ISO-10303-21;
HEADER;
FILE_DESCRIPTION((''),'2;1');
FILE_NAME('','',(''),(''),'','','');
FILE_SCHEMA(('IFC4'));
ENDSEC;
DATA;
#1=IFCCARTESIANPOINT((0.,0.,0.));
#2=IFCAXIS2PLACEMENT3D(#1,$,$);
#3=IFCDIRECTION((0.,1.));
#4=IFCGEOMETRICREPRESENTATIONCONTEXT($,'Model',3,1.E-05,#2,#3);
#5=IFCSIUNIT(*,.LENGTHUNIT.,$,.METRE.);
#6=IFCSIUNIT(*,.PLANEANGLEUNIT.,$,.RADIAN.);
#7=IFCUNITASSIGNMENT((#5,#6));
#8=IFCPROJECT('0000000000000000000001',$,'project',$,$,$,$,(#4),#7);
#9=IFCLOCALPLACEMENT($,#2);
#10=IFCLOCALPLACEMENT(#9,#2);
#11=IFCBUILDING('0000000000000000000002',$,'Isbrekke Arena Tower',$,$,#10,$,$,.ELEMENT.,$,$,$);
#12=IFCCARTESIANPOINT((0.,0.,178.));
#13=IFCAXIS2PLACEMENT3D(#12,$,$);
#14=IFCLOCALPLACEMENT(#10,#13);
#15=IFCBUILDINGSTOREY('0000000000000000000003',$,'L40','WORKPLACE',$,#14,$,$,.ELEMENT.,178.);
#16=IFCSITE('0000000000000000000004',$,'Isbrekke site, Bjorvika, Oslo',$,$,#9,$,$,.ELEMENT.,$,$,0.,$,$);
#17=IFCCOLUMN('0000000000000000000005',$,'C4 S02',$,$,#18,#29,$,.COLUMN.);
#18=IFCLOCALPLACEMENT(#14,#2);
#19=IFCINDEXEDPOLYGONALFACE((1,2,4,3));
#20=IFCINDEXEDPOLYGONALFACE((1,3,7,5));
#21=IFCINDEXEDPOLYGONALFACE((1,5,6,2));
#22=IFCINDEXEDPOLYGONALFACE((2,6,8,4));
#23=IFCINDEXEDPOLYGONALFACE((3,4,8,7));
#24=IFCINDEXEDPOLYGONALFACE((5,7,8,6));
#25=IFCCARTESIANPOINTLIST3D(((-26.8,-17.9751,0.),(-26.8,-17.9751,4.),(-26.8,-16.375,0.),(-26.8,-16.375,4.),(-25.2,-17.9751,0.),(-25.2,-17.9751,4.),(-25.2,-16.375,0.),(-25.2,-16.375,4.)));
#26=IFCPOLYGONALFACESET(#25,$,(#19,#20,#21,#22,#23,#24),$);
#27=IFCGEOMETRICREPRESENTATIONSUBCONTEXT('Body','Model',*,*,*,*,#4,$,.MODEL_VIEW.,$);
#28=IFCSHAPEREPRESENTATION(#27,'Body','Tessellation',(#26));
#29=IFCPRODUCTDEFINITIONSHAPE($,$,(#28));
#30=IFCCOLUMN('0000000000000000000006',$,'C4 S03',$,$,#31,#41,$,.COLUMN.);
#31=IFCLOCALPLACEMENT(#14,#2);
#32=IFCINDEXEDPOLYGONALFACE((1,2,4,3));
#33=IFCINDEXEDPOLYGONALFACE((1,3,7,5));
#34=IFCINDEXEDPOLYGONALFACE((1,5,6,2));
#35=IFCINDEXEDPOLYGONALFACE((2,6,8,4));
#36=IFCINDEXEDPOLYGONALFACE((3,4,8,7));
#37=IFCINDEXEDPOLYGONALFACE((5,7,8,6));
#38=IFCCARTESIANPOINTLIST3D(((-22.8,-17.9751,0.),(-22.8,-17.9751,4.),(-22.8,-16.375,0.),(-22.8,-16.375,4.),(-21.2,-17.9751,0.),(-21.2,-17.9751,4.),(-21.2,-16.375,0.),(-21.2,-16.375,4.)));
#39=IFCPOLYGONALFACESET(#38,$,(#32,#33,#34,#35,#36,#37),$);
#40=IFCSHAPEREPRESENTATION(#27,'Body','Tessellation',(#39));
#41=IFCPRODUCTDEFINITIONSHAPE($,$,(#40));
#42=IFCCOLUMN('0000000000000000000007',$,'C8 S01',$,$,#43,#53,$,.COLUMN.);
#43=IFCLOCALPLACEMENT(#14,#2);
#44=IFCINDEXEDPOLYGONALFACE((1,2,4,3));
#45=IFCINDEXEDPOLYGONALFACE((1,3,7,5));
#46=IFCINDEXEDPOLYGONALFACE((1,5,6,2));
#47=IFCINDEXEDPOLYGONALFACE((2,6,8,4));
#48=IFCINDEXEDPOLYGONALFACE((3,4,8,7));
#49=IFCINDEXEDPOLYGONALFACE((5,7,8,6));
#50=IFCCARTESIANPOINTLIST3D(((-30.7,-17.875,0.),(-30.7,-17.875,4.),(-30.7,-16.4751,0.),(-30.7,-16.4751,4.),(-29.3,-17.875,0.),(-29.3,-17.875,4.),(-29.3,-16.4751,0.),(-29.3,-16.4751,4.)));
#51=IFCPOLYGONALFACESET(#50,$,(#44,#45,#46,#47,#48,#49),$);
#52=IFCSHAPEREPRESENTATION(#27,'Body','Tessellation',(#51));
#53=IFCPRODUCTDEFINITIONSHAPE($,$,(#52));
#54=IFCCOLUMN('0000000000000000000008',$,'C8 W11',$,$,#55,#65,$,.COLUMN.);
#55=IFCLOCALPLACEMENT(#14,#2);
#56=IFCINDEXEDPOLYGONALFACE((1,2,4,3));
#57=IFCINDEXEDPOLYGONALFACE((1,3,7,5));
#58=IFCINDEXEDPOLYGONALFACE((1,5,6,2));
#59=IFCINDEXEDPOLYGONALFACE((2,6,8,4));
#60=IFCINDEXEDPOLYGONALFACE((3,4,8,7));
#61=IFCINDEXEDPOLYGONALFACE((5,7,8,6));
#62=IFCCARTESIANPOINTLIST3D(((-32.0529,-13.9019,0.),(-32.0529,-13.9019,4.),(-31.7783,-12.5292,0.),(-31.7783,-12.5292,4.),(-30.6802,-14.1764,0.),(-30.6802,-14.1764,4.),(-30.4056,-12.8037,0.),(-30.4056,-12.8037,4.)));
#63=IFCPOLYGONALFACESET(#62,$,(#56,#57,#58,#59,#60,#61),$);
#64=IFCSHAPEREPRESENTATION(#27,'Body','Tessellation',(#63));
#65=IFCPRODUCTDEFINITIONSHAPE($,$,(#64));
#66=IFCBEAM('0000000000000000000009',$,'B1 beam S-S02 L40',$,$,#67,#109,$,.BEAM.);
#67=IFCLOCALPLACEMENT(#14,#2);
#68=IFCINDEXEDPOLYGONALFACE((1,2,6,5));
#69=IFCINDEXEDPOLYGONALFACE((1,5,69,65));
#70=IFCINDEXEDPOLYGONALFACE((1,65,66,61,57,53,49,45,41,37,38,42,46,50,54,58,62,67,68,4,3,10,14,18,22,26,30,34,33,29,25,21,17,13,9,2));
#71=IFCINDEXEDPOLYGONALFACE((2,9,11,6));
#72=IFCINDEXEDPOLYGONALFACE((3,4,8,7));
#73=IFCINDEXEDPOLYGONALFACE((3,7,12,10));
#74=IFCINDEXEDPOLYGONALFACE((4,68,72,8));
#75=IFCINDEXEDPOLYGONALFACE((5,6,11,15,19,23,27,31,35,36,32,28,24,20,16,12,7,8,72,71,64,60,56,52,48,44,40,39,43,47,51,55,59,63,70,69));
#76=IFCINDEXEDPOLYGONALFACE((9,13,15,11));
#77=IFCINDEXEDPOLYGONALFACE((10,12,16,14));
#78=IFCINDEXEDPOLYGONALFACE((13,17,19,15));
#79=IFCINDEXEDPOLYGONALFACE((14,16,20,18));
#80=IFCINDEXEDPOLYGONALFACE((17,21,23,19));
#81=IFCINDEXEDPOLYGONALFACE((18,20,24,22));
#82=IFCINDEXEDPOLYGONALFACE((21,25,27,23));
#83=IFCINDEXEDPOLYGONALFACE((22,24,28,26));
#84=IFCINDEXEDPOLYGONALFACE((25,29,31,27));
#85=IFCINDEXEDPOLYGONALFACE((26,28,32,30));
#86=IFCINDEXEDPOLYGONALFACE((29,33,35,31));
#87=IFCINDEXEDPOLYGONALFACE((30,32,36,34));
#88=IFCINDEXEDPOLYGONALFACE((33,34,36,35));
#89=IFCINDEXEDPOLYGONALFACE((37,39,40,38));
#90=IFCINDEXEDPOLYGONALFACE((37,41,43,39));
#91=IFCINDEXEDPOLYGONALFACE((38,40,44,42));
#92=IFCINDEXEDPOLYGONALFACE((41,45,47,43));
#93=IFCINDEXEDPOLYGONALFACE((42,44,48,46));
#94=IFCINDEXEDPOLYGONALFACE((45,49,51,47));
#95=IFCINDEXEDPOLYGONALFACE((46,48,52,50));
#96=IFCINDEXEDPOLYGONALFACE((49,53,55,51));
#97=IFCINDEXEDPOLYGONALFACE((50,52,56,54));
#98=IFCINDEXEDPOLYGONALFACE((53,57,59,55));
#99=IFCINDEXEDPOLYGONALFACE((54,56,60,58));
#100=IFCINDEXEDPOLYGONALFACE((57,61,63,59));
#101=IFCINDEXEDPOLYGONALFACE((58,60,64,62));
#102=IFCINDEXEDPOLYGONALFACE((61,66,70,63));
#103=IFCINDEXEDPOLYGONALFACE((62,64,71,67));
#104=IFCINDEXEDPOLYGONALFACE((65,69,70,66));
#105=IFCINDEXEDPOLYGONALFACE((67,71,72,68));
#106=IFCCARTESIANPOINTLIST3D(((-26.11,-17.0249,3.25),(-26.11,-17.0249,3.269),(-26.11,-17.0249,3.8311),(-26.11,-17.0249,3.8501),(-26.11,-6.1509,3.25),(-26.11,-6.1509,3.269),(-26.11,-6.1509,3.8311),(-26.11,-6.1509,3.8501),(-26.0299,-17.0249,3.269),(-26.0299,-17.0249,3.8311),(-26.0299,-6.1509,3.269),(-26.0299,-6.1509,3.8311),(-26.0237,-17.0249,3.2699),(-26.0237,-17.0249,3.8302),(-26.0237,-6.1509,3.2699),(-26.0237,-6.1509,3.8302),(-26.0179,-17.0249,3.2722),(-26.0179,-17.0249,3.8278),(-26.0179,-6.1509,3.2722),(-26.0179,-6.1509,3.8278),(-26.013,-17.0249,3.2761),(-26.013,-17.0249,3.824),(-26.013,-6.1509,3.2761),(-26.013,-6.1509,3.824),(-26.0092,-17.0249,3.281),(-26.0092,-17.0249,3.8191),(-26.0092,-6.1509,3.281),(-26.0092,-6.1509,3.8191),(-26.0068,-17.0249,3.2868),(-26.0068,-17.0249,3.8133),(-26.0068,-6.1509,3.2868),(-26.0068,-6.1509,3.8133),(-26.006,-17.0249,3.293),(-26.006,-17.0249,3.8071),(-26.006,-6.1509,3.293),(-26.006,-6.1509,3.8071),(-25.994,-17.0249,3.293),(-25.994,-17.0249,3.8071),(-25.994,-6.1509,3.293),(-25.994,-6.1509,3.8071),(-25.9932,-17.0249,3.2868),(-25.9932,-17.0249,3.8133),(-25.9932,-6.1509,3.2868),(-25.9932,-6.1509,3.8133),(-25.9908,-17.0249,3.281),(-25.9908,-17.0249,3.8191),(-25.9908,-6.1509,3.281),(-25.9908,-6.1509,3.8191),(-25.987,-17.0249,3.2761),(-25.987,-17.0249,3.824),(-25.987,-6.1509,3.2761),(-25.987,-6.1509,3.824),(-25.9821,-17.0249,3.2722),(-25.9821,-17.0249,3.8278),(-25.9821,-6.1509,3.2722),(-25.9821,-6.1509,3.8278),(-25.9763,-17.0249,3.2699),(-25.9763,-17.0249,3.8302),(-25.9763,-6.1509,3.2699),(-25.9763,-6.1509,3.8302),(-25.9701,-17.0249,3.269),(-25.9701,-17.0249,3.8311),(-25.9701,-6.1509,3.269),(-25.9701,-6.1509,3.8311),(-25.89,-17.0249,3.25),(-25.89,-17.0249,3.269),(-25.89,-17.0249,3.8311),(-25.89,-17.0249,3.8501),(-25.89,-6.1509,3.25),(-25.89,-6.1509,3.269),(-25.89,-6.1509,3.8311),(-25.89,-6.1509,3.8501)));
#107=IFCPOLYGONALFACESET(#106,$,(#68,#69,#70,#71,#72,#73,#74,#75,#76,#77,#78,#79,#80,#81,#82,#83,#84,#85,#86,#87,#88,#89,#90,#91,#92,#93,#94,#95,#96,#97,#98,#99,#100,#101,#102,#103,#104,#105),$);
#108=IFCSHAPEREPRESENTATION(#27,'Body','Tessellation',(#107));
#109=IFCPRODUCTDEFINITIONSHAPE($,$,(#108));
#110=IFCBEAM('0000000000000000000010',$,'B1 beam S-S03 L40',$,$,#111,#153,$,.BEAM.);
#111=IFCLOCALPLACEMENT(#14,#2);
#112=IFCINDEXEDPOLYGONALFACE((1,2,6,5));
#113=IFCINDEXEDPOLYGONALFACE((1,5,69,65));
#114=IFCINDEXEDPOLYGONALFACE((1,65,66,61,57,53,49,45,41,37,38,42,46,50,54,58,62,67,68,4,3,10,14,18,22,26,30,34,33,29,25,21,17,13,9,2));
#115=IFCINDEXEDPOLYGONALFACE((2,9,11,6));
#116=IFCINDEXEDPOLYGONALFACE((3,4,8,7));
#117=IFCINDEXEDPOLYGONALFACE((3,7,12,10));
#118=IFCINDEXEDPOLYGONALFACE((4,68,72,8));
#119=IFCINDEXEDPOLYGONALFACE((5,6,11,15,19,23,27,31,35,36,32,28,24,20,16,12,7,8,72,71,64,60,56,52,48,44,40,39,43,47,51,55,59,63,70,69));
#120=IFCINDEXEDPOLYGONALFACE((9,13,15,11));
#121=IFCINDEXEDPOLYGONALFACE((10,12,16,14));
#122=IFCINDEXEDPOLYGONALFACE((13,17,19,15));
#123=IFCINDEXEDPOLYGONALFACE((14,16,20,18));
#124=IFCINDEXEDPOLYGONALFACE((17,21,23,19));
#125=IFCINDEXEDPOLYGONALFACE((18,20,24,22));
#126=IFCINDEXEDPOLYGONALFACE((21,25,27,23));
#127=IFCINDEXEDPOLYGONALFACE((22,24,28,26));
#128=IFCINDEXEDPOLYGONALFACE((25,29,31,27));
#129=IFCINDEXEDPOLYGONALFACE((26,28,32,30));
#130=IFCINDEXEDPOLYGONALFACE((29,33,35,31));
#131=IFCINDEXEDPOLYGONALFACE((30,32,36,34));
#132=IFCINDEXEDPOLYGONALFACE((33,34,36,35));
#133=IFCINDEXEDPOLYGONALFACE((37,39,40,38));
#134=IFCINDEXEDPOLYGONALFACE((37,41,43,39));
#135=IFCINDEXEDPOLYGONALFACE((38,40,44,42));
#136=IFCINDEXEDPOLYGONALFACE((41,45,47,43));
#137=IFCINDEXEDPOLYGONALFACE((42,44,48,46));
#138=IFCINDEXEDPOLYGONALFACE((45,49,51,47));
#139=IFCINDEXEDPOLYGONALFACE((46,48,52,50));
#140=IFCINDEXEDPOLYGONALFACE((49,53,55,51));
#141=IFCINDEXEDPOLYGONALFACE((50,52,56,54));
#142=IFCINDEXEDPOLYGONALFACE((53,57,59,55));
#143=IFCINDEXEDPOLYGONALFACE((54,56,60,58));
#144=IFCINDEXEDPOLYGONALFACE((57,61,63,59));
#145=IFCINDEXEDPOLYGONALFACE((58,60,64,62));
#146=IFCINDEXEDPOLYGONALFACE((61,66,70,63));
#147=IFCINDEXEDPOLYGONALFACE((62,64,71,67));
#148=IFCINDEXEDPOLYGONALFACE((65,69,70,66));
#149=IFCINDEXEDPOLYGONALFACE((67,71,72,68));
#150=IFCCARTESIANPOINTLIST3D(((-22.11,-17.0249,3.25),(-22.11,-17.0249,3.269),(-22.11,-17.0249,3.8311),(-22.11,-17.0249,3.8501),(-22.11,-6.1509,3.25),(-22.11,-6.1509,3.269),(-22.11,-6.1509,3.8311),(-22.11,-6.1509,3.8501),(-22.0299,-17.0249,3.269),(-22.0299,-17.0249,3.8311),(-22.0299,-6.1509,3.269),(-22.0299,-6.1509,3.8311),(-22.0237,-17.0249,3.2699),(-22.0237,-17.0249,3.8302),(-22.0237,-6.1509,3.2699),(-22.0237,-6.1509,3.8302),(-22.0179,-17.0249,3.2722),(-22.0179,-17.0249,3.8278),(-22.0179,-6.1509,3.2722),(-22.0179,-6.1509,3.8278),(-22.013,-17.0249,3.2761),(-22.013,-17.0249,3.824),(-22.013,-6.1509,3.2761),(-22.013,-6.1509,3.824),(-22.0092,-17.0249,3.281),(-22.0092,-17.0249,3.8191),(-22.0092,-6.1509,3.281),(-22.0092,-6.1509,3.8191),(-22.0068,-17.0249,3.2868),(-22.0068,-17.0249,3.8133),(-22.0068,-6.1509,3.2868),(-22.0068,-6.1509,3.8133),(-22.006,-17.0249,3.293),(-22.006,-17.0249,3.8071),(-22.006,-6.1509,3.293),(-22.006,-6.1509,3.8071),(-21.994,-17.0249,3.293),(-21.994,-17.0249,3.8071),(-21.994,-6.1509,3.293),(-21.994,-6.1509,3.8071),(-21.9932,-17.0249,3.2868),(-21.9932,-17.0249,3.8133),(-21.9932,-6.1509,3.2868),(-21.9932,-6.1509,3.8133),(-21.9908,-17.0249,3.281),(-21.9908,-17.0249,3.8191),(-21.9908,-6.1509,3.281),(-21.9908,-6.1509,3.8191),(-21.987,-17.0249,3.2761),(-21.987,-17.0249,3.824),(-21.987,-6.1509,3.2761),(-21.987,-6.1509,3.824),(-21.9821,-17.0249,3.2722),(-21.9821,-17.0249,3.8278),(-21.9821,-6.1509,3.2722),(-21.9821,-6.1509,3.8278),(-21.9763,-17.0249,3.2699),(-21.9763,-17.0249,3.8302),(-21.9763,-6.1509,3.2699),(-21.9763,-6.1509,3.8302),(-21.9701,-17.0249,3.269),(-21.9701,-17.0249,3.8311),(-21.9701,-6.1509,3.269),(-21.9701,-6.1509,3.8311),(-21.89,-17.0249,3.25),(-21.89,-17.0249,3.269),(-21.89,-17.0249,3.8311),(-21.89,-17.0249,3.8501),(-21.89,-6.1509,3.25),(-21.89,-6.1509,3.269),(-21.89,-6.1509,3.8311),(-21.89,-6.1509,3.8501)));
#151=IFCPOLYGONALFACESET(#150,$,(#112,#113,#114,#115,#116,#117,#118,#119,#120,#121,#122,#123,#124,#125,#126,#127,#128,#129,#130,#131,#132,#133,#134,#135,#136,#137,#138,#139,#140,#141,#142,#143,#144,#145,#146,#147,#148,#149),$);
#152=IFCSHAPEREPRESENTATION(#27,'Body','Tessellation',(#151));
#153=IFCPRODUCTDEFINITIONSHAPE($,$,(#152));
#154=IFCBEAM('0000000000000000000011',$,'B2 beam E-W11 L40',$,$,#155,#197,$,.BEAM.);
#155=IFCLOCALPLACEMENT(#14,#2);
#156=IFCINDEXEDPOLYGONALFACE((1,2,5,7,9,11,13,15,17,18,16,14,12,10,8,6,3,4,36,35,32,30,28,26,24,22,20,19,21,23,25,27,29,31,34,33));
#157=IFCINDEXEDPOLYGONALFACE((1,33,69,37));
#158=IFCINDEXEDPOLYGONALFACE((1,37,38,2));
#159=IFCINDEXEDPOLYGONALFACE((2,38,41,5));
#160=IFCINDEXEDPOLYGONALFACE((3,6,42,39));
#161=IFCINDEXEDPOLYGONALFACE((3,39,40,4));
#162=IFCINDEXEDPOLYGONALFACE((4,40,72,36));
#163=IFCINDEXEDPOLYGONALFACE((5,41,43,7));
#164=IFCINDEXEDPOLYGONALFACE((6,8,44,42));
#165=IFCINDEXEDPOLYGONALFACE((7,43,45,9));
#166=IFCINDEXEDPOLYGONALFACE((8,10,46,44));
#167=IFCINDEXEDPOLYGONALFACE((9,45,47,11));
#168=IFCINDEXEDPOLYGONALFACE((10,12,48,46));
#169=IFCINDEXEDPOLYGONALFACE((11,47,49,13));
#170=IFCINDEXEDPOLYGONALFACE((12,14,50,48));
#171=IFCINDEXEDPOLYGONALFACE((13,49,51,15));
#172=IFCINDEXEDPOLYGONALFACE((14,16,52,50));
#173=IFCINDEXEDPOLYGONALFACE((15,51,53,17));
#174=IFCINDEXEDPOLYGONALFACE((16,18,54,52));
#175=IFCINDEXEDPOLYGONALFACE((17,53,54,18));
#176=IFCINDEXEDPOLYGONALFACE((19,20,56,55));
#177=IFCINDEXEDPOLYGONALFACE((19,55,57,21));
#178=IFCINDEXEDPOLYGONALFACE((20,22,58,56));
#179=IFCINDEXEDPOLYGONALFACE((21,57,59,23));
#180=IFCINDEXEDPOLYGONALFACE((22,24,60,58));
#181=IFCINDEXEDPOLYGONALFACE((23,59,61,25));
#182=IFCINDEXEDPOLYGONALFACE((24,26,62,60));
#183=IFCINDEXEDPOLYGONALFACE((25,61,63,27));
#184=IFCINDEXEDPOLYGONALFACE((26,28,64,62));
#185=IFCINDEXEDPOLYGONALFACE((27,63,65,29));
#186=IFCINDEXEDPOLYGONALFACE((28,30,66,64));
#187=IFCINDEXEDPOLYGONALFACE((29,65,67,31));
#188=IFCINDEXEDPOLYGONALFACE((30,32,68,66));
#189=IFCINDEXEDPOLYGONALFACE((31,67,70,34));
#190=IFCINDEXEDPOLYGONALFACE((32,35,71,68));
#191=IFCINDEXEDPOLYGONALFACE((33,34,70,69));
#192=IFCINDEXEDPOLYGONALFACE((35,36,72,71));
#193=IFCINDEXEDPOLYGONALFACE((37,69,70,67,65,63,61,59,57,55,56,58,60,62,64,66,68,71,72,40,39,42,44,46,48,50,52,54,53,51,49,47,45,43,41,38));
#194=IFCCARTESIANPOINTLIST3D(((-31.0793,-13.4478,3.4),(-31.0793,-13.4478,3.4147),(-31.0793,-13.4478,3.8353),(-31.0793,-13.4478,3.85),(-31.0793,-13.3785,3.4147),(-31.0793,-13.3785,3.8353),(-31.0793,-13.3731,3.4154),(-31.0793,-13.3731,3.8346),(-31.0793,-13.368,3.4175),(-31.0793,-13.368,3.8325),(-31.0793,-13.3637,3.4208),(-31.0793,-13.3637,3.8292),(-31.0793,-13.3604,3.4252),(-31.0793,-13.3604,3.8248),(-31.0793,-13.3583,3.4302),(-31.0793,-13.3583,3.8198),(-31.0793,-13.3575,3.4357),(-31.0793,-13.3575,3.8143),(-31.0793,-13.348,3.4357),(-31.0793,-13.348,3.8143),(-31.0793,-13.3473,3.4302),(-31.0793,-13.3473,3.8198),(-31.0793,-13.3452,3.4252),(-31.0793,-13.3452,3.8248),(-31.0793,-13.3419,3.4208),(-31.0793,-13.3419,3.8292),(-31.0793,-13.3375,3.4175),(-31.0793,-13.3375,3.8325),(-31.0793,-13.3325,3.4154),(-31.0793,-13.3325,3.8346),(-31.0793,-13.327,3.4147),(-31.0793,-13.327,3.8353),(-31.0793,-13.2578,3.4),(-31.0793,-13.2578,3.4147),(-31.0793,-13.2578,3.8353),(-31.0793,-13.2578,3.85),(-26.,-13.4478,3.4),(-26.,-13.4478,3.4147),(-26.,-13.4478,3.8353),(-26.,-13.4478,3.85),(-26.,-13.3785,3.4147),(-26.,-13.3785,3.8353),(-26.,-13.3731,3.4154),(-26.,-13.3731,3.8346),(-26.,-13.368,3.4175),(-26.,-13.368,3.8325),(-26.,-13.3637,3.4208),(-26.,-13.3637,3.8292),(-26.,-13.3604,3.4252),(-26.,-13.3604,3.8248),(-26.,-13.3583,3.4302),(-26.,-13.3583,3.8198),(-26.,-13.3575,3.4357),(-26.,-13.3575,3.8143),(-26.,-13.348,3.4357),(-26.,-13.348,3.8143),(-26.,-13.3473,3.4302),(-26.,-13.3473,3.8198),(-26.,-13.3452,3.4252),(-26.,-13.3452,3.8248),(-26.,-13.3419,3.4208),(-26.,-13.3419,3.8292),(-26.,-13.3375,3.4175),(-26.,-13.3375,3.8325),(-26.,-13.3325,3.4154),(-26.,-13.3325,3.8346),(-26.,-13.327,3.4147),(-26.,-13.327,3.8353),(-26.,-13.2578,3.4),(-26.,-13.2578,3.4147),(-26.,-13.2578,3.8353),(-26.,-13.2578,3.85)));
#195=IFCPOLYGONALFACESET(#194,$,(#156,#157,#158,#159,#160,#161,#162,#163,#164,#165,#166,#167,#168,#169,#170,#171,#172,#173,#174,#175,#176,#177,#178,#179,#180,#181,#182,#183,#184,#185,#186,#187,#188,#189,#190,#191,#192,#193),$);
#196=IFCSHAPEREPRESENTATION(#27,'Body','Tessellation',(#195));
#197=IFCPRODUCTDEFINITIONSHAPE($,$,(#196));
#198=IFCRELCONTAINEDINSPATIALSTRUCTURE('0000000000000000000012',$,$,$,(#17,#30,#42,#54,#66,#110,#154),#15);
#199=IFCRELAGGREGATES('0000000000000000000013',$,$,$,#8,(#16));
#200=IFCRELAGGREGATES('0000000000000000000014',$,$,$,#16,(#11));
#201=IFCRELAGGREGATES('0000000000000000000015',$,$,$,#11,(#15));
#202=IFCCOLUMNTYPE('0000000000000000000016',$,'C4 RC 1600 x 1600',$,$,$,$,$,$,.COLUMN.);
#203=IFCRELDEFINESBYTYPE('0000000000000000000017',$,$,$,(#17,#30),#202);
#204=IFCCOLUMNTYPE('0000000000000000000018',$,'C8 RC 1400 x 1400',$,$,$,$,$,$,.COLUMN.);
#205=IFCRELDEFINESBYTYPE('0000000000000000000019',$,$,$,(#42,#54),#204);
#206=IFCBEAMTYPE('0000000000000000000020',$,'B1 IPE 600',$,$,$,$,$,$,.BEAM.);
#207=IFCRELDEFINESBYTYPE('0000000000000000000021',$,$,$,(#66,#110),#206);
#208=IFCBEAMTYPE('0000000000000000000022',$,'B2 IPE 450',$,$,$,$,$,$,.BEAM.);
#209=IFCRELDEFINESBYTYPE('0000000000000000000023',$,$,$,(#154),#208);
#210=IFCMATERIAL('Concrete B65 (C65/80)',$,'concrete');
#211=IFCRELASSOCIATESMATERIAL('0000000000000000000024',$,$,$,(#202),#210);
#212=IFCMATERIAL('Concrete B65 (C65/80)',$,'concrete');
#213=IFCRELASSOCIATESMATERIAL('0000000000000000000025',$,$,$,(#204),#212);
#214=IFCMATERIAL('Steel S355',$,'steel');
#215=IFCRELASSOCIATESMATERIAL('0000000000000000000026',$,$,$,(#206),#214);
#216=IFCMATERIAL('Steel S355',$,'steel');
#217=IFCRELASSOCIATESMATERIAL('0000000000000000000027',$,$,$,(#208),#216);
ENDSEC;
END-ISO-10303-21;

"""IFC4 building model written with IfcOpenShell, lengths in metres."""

from ifc_helpers import new_model, si_unit, direction, frame, origin, origin_2d, place, context, subcontext, project, spatial, rectangle, i_section, extrude, material, material_profile, profile_set, type_object, element, save


model = new_model("IFC4")

# Units and contexts
model_context = context("Model", 3, precision=1e-05, world=origin(), true_north=direction((0.0, 1.0)))
body_context = subcontext(model_context, "Body", "Model", "MODEL_VIEW")
ifc_project = project(units=[si_unit("LENGTHUNIT", "METRE"), si_unit("PLANEANGLEUNIT", "RADIAN")], contexts=[model_context])

# Site, building, storey
site_placement = place(None, origin())
site = spatial("IfcSite", under=ifc_project, at=site_placement, Name="Isbrekke site, Bjorvika, Oslo", CompositionType="ELEMENT", RefElevation=0.0)
building_placement = place(site_placement, origin())
building = spatial("IfcBuilding", under=site, at=building_placement, Name="Isbrekke Arena Tower", CompositionType="ELEMENT")
storey_placement = place(building_placement, frame((0.0, 0.0, 178.0)))
storey = spatial("IfcBuildingStorey", under=building, at=storey_placement, Name="L40", Description="WORKPLACE", CompositionType="ELEMENT", Elevation=178.0)

# Columns
ifc_material_1 = material(Name="Concrete B65 (C65/80)", Category="concrete")
ifc_material_profile_1 = material_profile(ifc_material_1, rectangle(XDim=1.6001, YDim=1.6001, at=origin_2d()), Name="RC 1600x1600")
ifc_profile_set_1 = profile_set([ifc_material_profile_1], Name="Concrete B65 (C65/80)")
column_type_1 = type_object("IfcColumnType", Name="C4 RC 1600 x 1600", PredefinedType="COLUMN", material=ifc_profile_set_1)
for number, where, z_axis, x_axis, name in (
    (1, (-26.0, -17.175, 0.0), (0.0, 0.0, 1.0), (1.0, 0.0, 0.0), "C4 S02"),
    (2, (-22.0, -17.175, 0.0), (0.0, 0.0, 1.0), (1.0, 0.0, 0.0), "C4 S03"),
):
    element("IfcColumn", number, at=place(storey_placement, frame(where, z_axis=z_axis, x_axis=x_axis)), inside=storey, type_object=column_type_1, Name=name, PredefinedType="COLUMN", context=body_context, shape_type="SweptSolid", body=[
        extrude(rectangle(XDim=1.6001, YDim=1.6001, at=origin_2d()), origin(), (0.0, 0.0, 1.0), 4.0),
    ])
ifc_material_2 = material(Name="Concrete B65 (C65/80)", Category="concrete")
ifc_material_profile_2 = material_profile(ifc_material_2, rectangle(XDim=1.3999, YDim=1.3999, at=origin_2d()), Name="RC 1400x1400")
ifc_profile_set_2 = profile_set([ifc_material_profile_2], Name="Concrete B65 (C65/80)")
column_type_2 = type_object("IfcColumnType", Name="C8 RC 1400 x 1400", PredefinedType="COLUMN", material=ifc_profile_set_2)
for number, where, z_axis, x_axis, name in (
    (3, (-30.0, -17.175, 0.0), (0.0, 0.0, 1.0), (1.0, 0.0, 0.0), "C8 S01"),
    (4, (-31.2292, -13.3528, 0.0), (0.0, 0.0, 1.0), (-0.196116, -0.980581, 0.0), "C8 W11"),
):
    element("IfcColumn", number, at=place(storey_placement, frame(where, z_axis=z_axis, x_axis=x_axis)), inside=storey, type_object=column_type_2, Name=name, PredefinedType="COLUMN", context=body_context, shape_type="SweptSolid", body=[
        extrude(rectangle(XDim=1.3999, YDim=1.3999, at=origin_2d()), origin(), (0.0, 0.0, 1.0), 4.0),
    ])

# Beams
ifc_material_3 = material(Name="Steel S355", Category="steel")
ifc_material_profile_3 = material_profile(ifc_material_3, i_section(OverallWidth=0.22, OverallDepth=0.6001, WebThickness=0.012, FlangeThickness=0.019, FilletRadius=0.0239, at=origin_2d()), Name="IPE 600")
ifc_profile_set_3 = profile_set([ifc_material_profile_3], Name="Steel S355")
beam_type_1 = type_object("IfcBeamType", Name="B1 IPE 600", PredefinedType="BEAM", material=ifc_profile_set_3)
for number, where, z_axis, x_axis, name in (
    (5, (-26.0, -17.0249, 3.55), (0.0, 1.0, 0.0), (-1.0, 0.0, 0.0), "B1 beam S-S02 L40"),
    (6, (-22.0, -17.0249, 3.55), (0.0, 1.0, 0.0), (-1.0, 0.0, 0.0), "B1 beam S-S03 L40"),
):
    element("IfcBeam", number, at=place(storey_placement, frame(where, z_axis=z_axis, x_axis=x_axis)), inside=storey, type_object=beam_type_1, Name=name, PredefinedType="BEAM", context=body_context, shape_type="SweptSolid", body=[
        extrude(i_section(OverallWidth=0.22, OverallDepth=0.6001, WebThickness=0.012, FlangeThickness=0.019, FilletRadius=0.0239, at=origin_2d()), origin(), (0.0, 0.0, 1.0), 10.874),
    ])
ifc_material_4 = material(Name="Steel S355", Category="steel")
ifc_material_profile_4 = material_profile(ifc_material_4, i_section(OverallWidth=0.1899, OverallDepth=0.45, WebThickness=0.0095, FlangeThickness=0.0146, FilletRadius=0.021, at=origin_2d()), Name="IPE 450")
ifc_profile_set_4 = profile_set([ifc_material_profile_4], Name="Steel S355")
beam_type_2 = type_object("IfcBeamType", Name="B2 IPE 450", PredefinedType="BEAM", material=ifc_profile_set_4)
beam_1_placement = place(storey_placement, frame((-31.0793, -13.3528, 3.625), z_axis=(1.0, 0.0, 0.0), x_axis=(0.0, 1.0, 0.0)))
element("IfcBeam", 7, at=beam_1_placement, inside=storey, type_object=beam_type_2, Name="B2 beam E-W11 L40", PredefinedType="BEAM", context=body_context, shape_type="SweptSolid", body=[
    extrude(i_section(OverallWidth=0.1899, OverallDepth=0.45, WebThickness=0.0095, FlangeThickness=0.0146, FilletRadius=0.021, at=origin_2d()), origin(), (0.0, 0.0, 1.0), 5.0793),
])

save(model, "model.ifc")
